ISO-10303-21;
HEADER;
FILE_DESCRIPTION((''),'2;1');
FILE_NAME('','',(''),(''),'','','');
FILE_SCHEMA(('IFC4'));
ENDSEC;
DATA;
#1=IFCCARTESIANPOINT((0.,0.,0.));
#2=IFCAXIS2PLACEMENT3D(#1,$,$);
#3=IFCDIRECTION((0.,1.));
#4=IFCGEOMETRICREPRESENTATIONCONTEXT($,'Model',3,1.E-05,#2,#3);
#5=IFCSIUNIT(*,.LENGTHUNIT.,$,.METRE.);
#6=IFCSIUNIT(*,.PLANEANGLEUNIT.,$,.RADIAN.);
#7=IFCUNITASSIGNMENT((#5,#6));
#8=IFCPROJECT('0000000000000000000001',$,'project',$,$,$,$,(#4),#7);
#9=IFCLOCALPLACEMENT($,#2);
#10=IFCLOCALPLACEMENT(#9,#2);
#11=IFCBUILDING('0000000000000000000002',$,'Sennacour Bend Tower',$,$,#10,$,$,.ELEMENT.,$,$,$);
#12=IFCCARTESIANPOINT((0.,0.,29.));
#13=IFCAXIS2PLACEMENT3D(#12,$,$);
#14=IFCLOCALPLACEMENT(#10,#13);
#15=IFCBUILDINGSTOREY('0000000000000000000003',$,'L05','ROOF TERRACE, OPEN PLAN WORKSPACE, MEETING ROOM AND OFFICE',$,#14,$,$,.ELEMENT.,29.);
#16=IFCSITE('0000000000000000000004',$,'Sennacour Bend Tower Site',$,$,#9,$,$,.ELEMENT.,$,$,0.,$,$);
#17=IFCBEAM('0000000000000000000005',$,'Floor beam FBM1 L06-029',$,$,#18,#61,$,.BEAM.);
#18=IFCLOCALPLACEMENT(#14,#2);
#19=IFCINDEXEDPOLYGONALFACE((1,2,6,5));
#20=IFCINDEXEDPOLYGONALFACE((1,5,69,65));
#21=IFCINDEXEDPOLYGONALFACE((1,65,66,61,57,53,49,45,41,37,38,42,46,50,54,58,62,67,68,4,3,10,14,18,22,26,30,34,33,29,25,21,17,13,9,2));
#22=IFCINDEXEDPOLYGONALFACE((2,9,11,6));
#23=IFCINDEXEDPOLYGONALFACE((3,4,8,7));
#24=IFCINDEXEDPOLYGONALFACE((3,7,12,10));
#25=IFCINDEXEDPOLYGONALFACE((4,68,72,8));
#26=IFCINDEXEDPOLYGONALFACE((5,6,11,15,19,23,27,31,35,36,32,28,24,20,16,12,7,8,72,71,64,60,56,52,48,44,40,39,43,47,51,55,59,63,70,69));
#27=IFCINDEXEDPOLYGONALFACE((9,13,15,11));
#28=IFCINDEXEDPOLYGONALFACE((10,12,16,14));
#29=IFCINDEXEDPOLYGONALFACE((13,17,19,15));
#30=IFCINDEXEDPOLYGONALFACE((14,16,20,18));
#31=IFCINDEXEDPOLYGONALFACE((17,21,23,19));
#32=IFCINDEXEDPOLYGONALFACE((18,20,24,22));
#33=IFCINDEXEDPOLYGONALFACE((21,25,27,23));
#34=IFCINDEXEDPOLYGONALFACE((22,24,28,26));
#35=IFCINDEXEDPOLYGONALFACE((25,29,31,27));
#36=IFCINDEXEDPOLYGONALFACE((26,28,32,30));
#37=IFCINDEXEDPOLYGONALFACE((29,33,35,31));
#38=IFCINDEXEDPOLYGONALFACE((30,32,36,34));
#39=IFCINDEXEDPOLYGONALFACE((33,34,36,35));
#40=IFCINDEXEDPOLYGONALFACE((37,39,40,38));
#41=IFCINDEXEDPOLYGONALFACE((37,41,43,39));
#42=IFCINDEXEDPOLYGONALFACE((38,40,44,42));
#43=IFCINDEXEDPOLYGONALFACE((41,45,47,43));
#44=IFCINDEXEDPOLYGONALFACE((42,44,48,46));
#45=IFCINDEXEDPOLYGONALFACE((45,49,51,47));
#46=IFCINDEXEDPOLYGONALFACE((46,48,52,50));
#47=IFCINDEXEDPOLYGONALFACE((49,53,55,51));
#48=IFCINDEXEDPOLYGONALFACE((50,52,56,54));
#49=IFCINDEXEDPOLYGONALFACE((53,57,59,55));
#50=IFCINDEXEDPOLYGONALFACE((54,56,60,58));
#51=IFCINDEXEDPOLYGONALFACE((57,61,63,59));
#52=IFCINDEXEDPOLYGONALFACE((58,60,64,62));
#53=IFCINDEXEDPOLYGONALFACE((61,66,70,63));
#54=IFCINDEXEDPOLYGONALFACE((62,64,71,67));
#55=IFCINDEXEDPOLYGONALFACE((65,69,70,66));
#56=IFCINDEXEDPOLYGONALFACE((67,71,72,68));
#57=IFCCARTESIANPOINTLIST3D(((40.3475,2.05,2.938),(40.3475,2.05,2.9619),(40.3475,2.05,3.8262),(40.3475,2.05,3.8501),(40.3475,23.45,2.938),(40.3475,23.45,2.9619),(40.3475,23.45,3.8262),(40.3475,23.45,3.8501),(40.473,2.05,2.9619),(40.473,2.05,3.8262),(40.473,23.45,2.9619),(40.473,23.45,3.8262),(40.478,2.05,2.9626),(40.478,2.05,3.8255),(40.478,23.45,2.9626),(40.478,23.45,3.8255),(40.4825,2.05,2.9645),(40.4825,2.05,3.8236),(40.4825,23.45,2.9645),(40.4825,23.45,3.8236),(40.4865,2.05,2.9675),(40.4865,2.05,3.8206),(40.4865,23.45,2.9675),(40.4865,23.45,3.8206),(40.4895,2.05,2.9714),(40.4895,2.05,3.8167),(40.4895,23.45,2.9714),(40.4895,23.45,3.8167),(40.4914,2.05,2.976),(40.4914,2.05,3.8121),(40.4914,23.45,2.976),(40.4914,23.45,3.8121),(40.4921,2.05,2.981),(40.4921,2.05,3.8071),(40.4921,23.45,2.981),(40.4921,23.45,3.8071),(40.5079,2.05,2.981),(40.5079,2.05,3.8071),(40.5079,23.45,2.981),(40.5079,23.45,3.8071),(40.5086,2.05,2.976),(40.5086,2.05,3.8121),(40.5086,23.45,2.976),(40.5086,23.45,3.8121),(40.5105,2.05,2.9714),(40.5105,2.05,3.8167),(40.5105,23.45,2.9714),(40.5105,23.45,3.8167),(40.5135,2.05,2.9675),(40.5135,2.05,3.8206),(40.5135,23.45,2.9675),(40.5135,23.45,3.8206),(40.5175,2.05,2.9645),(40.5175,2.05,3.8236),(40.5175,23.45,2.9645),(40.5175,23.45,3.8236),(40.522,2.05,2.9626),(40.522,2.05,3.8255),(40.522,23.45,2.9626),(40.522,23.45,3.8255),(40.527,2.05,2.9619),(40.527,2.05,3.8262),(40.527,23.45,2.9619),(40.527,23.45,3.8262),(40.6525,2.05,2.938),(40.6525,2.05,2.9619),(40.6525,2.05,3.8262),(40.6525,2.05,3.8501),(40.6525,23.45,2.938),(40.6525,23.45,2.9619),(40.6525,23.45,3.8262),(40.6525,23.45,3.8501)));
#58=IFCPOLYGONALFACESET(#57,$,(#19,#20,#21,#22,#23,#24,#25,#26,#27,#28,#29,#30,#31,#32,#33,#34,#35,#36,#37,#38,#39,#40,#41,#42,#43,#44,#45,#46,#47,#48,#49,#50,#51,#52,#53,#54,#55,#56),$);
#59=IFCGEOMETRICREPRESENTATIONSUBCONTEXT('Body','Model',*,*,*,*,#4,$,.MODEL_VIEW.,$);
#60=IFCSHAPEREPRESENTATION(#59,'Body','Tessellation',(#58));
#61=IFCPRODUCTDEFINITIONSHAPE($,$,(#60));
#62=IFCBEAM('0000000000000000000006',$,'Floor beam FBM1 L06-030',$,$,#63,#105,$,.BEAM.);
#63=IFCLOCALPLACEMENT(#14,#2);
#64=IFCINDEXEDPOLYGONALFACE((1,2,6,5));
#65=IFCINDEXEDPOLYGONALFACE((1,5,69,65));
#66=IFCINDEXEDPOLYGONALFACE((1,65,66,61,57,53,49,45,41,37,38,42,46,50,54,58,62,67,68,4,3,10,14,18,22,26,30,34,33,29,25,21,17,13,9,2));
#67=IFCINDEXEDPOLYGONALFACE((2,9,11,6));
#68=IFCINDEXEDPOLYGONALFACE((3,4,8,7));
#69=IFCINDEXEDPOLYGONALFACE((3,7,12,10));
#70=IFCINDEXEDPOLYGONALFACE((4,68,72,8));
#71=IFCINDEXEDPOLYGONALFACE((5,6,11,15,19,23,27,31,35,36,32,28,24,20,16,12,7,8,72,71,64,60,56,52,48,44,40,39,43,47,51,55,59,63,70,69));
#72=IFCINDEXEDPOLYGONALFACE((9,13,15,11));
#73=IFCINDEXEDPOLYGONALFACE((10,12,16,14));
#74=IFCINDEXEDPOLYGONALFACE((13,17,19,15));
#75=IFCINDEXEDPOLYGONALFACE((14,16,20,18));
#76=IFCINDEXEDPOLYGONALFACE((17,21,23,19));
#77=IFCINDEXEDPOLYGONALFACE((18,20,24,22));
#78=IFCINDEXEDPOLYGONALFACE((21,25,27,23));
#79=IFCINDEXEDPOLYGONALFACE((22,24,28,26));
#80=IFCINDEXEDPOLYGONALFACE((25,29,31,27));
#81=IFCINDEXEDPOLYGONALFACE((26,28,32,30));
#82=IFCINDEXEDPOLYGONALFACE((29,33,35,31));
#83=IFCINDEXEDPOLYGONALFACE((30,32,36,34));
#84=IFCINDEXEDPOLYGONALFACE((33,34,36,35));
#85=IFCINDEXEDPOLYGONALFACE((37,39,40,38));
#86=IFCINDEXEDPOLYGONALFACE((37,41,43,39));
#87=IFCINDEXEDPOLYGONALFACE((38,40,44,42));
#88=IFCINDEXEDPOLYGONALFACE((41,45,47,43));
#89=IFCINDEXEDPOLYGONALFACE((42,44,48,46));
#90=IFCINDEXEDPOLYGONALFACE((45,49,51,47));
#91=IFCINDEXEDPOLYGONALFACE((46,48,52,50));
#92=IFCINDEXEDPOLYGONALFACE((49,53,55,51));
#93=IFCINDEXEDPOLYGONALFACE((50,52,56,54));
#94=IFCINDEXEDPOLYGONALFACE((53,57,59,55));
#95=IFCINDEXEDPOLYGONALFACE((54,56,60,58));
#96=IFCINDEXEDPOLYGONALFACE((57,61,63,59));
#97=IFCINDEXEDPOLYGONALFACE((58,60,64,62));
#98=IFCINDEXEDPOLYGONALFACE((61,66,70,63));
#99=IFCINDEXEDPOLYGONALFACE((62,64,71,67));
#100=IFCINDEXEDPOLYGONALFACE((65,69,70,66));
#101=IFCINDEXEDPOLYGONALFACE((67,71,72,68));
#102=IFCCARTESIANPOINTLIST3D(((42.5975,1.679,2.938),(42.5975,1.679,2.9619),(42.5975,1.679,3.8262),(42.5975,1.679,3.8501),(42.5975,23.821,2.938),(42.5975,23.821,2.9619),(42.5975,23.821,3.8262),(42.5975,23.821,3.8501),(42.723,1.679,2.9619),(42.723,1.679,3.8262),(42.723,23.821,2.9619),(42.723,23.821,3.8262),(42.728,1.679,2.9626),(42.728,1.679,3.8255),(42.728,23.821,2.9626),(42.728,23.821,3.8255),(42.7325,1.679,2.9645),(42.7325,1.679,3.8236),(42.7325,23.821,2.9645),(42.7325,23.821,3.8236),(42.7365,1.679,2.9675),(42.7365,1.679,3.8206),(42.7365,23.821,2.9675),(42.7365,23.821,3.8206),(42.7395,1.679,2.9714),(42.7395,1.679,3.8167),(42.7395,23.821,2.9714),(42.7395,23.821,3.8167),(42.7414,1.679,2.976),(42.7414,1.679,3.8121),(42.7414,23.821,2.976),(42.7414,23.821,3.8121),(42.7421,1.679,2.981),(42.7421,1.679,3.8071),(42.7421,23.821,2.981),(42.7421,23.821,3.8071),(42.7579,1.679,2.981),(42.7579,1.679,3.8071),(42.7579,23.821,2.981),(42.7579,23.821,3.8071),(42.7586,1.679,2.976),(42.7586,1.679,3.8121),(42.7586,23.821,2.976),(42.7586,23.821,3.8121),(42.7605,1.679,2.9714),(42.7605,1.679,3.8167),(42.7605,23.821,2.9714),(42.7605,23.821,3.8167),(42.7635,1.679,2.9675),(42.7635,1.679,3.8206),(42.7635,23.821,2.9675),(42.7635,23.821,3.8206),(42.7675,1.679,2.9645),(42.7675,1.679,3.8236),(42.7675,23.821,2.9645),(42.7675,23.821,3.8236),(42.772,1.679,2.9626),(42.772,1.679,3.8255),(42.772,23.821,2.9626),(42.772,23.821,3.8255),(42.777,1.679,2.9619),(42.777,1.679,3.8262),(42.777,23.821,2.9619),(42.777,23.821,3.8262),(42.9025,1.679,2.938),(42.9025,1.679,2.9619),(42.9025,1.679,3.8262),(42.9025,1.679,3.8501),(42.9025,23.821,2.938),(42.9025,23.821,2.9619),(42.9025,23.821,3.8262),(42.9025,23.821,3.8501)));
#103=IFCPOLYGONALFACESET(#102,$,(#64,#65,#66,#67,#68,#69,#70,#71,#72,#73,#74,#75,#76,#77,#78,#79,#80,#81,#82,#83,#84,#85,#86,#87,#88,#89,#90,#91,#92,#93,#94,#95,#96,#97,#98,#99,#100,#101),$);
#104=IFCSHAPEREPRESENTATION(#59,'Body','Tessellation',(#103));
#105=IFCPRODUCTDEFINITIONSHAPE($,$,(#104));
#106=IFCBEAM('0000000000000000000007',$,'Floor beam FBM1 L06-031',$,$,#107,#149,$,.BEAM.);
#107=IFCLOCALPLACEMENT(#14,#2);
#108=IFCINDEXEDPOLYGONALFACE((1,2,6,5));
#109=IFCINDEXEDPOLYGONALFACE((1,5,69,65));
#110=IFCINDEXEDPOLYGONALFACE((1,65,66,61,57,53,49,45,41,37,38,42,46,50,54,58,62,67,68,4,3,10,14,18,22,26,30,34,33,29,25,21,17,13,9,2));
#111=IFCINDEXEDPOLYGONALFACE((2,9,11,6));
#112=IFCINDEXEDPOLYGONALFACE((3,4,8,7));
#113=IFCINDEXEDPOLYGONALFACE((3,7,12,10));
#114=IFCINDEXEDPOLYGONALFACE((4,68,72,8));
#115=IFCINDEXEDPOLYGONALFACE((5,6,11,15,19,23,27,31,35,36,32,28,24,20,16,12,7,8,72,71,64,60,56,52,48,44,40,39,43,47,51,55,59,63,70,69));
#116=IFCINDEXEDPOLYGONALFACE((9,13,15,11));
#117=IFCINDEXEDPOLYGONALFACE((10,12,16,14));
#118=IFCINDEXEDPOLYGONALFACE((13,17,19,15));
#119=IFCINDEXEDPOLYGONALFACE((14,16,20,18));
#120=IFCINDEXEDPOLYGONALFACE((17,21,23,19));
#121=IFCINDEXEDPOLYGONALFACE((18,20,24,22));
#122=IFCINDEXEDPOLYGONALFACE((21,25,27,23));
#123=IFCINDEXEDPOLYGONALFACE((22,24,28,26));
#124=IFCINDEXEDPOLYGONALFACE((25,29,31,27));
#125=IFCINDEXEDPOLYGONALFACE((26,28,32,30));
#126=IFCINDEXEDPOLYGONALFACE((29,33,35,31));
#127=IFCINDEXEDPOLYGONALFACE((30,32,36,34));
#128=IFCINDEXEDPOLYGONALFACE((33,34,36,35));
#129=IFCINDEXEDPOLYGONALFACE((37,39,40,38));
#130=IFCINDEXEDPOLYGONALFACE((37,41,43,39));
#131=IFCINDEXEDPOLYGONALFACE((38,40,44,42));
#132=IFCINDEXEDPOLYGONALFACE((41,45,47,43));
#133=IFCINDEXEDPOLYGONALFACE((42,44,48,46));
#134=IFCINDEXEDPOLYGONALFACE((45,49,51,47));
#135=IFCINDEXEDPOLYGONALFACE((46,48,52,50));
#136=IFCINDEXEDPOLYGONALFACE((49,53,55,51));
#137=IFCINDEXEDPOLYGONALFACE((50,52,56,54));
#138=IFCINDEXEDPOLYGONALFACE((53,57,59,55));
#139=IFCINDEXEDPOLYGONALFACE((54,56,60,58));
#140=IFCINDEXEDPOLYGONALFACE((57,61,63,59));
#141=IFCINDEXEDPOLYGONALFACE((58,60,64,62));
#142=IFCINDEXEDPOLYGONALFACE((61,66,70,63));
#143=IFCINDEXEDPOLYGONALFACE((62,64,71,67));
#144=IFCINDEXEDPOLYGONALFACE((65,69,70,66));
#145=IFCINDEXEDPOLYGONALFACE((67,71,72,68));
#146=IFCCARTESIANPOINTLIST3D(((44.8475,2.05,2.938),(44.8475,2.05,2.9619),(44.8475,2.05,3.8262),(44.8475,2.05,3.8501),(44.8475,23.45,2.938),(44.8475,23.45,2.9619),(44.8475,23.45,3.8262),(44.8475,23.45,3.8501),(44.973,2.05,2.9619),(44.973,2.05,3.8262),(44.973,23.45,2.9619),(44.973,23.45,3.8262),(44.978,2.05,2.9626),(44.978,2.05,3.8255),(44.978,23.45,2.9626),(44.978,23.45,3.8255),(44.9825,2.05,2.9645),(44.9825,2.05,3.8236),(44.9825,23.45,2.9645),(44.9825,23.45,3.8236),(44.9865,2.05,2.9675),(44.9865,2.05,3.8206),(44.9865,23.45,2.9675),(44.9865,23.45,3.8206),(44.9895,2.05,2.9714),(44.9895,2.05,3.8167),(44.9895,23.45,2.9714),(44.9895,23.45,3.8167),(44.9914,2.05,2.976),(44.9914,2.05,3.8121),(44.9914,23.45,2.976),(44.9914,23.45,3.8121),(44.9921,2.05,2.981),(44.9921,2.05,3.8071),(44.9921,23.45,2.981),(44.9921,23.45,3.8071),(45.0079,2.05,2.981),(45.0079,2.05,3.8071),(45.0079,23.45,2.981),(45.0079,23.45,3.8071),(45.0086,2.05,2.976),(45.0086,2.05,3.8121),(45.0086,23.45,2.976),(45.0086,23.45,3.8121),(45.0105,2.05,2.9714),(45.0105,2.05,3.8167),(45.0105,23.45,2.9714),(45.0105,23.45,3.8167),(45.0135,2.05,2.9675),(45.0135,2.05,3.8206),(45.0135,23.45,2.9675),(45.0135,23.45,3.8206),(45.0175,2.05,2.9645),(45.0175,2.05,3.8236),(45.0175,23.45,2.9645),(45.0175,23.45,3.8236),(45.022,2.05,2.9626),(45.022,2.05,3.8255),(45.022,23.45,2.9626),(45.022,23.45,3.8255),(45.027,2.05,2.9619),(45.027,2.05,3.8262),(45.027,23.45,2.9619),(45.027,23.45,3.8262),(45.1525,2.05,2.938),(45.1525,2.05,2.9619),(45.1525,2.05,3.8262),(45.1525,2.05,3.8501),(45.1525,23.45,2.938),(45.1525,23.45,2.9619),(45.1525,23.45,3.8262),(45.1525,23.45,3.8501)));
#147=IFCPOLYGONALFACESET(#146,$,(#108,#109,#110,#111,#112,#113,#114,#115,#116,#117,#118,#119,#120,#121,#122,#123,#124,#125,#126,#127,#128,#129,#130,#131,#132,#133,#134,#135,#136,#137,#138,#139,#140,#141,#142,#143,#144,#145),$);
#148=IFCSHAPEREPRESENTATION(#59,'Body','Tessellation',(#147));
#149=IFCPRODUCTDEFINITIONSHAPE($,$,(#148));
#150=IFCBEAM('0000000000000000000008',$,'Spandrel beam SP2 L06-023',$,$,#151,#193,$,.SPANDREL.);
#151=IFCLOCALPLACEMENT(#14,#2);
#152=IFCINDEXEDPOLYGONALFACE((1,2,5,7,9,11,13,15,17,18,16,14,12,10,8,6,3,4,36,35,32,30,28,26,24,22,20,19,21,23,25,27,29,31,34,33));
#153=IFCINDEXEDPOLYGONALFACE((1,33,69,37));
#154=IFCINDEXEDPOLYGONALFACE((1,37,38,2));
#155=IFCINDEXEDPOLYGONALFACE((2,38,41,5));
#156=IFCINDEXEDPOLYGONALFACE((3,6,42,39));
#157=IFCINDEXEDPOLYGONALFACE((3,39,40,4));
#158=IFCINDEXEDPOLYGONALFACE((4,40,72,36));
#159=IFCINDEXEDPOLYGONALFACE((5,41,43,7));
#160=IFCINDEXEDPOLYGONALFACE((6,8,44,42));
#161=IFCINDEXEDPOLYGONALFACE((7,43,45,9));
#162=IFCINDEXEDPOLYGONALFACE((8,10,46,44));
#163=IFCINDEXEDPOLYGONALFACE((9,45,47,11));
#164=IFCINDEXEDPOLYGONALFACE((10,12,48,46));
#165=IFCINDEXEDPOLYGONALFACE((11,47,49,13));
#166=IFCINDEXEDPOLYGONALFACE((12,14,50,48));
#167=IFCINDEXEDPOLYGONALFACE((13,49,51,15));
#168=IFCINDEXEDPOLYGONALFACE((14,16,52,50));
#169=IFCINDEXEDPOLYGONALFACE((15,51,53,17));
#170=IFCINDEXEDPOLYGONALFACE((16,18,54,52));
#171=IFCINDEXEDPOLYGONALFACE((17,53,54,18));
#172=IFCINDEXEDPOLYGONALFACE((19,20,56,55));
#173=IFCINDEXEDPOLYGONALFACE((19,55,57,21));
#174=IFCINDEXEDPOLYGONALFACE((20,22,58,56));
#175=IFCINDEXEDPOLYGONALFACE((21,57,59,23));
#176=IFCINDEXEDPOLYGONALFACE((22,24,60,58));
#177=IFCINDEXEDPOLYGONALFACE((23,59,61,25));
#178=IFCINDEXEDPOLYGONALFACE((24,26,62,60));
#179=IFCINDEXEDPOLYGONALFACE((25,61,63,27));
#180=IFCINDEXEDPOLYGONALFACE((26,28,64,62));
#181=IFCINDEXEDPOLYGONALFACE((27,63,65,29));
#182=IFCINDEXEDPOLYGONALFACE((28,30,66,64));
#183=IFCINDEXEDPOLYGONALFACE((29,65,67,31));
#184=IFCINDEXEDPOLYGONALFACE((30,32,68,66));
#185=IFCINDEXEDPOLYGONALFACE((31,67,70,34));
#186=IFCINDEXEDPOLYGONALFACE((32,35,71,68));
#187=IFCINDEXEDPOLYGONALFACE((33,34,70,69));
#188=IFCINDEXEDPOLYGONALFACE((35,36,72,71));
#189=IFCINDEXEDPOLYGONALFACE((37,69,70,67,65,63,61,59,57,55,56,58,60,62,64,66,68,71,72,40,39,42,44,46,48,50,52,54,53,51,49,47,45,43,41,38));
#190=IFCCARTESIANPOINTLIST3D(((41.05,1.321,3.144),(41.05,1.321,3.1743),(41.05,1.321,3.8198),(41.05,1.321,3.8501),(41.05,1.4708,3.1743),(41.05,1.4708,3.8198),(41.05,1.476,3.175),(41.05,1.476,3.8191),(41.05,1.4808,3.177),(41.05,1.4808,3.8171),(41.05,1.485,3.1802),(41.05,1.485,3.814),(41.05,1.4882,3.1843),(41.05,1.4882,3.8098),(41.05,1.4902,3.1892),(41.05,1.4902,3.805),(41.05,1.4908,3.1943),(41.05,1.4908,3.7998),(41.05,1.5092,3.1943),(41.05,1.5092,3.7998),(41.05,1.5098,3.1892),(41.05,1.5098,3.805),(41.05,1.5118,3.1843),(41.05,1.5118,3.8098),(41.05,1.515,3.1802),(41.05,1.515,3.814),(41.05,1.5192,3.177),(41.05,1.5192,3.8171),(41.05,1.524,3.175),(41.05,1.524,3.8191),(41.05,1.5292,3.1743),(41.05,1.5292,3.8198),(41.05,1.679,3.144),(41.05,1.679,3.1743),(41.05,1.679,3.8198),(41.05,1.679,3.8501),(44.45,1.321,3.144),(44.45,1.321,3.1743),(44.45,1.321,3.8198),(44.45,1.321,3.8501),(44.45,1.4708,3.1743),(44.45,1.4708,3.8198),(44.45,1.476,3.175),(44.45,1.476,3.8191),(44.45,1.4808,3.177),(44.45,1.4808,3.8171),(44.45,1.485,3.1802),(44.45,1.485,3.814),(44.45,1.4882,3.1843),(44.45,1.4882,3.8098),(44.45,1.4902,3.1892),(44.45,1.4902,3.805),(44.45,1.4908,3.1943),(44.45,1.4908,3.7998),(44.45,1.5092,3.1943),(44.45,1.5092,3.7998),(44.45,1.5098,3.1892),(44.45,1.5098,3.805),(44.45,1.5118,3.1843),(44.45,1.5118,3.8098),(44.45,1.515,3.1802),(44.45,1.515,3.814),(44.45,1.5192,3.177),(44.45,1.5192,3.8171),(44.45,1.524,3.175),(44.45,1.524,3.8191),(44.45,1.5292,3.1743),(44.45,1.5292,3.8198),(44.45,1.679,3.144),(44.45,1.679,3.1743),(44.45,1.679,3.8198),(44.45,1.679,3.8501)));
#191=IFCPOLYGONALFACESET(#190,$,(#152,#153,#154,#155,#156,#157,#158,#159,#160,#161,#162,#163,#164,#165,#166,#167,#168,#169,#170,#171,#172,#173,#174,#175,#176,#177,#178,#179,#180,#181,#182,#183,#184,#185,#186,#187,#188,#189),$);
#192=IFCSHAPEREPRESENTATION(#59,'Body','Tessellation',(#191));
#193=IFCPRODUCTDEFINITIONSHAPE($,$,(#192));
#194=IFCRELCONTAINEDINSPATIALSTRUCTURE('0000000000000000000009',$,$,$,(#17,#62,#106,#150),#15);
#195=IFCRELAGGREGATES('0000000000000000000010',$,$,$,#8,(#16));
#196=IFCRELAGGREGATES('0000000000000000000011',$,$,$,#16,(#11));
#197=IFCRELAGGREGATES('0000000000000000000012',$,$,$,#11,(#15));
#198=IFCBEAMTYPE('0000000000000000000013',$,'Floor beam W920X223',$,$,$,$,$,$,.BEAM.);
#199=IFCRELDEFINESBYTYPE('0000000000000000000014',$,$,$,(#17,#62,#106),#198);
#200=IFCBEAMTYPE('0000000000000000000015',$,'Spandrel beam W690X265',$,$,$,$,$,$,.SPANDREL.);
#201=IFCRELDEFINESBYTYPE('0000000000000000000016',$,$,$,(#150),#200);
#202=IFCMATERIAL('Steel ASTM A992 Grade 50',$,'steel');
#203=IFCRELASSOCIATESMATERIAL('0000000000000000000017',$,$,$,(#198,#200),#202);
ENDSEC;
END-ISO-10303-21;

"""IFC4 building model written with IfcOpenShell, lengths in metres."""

from ifc_helpers import new_model, si_unit, direction, frame, origin, origin_2d, place, context, subcontext, project, spatial, i_section, extrude, material, material_profile, profile_set, type_object, element, save


model = new_model("IFC4")

# Units and contexts
model_context = context("Model", 3, precision=1e-05, world=origin(), true_north=direction((0.0, 1.0)))
body_context = subcontext(model_context, "Body", "Model", "MODEL_VIEW")
ifc_project = project(units=[si_unit("LENGTHUNIT", "METRE"), si_unit("PLANEANGLEUNIT", "RADIAN")], contexts=[model_context])

# Site, building, storey
site_placement = place(None, origin())
site = spatial("IfcSite", under=ifc_project, at=site_placement, Name="Sennacour Bend Tower Site", CompositionType="ELEMENT", RefElevation=0.0)
building_placement = place(site_placement, origin())
building = spatial("IfcBuilding", under=site, at=building_placement, Name="Sennacour Bend Tower", CompositionType="ELEMENT")
storey_placement = place(building_placement, frame((0.0, 0.0, 29.0)))
storey = spatial("IfcBuildingStorey", under=building, at=storey_placement, Name="L05", Description="ROOF TERRACE, OPEN PLAN WORKSPACE, MEETING ROOM AND OFFICE", CompositionType="ELEMENT", Elevation=29.0)

# Beams
ifc_material_1 = material(Name="Steel ASTM A992 Grade 50", Category="steel")
ifc_material_profile_1 = material_profile(ifc_material_1, i_section(OverallWidth=0.3049, OverallDepth=0.9121, WebThickness=0.0159, FlangeThickness=0.0239, FilletRadius=0.019, at=origin_2d()), Name="Steel ASTM A992 Grade 50", Category="steel")
ifc_profile_set_1 = profile_set([ifc_material_profile_1], Name="Steel ASTM A992 Grade 50")
beam_type_1 = type_object("IfcBeamType", Name="Floor beam W920X223", PredefinedType="BEAM", material=ifc_profile_set_1)
beam_1_placement = place(storey_placement, frame((40.5, 2.05, 3.394), z_axis=(0.0, 1.0, 0.0), x_axis=(-1.0, 0.0, 0.0)))
element("IfcBeam", 1, at=beam_1_placement, inside=storey, type_object=beam_type_1, Name="Floor beam FBM1 L06-029", PredefinedType="BEAM", context=body_context, shape_type="SweptSolid", body=[
    extrude(i_section(OverallWidth=0.3049, OverallDepth=0.9121, WebThickness=0.0159, FlangeThickness=0.0239, FilletRadius=0.019, at=origin_2d()), origin(), (0.0, 0.0, 1.0), 21.3999),
])
beam_2_placement = place(storey_placement, frame((42.75, 1.679, 3.394), z_axis=(0.0, 1.0, 0.0), x_axis=(-1.0, 0.0, 0.0)))
element("IfcBeam", 2, at=beam_2_placement, inside=storey, type_object=beam_type_1, Name="Floor beam FBM1 L06-030", PredefinedType="BEAM", context=body_context, shape_type="SweptSolid", body=[
    extrude(i_section(OverallWidth=0.3049, OverallDepth=0.9121, WebThickness=0.0159, FlangeThickness=0.0239, FilletRadius=0.019, at=origin_2d()), origin(), (0.0, 0.0, 1.0), 22.1421),
])
beam_3_placement = place(storey_placement, frame((45.0, 2.05, 3.394), z_axis=(0.0, 1.0, 0.0), x_axis=(-1.0, 0.0, 0.0)))
element("IfcBeam", 3, at=beam_3_placement, inside=storey, type_object=beam_type_1, Name="Floor beam FBM1 L06-031", PredefinedType="BEAM", context=body_context, shape_type="SweptSolid", body=[
    extrude(i_section(OverallWidth=0.3049, OverallDepth=0.9121, WebThickness=0.0159, FlangeThickness=0.0239, FilletRadius=0.019, at=origin_2d()), origin(), (0.0, 0.0, 1.0), 21.3999),
])
ifc_material_profile_2 = material_profile(ifc_material_1, i_section(OverallWidth=0.3579, OverallDepth=0.7061, WebThickness=0.0183, FlangeThickness=0.0303, FilletRadius=0.02, at=origin_2d()), Name="Steel ASTM A992 Grade 50", Category="steel")
ifc_profile_set_2 = profile_set([ifc_material_profile_2], Name="Steel ASTM A992 Grade 50")
beam_type_2 = type_object("IfcBeamType", Name="Spandrel beam W690X265", PredefinedType="SPANDREL", material=ifc_profile_set_2)
for number, where, z_axis, x_axis, name in (
    (4, (44.45, 1.5, 3.4971), (-1.0, 0.0, 0.0), (0.0, -1.0, 0.0), "Spandrel beam SP2 L06-023"),
):
    element("IfcBeam", number, at=place(storey_placement, frame(where, z_axis=z_axis, x_axis=x_axis)), inside=storey, type_object=beam_type_2, Name=name, PredefinedType="SPANDREL", context=body_context, shape_type="SweptSolid", body=[
        extrude(i_section(OverallWidth=0.3579, OverallDepth=0.7061, WebThickness=0.0183, FlangeThickness=0.0303, FilletRadius=0.02, at=origin_2d()), origin(), (0.0, 0.0, 1.0), 3.3999),
    ])

save(model, "model.ifc")
